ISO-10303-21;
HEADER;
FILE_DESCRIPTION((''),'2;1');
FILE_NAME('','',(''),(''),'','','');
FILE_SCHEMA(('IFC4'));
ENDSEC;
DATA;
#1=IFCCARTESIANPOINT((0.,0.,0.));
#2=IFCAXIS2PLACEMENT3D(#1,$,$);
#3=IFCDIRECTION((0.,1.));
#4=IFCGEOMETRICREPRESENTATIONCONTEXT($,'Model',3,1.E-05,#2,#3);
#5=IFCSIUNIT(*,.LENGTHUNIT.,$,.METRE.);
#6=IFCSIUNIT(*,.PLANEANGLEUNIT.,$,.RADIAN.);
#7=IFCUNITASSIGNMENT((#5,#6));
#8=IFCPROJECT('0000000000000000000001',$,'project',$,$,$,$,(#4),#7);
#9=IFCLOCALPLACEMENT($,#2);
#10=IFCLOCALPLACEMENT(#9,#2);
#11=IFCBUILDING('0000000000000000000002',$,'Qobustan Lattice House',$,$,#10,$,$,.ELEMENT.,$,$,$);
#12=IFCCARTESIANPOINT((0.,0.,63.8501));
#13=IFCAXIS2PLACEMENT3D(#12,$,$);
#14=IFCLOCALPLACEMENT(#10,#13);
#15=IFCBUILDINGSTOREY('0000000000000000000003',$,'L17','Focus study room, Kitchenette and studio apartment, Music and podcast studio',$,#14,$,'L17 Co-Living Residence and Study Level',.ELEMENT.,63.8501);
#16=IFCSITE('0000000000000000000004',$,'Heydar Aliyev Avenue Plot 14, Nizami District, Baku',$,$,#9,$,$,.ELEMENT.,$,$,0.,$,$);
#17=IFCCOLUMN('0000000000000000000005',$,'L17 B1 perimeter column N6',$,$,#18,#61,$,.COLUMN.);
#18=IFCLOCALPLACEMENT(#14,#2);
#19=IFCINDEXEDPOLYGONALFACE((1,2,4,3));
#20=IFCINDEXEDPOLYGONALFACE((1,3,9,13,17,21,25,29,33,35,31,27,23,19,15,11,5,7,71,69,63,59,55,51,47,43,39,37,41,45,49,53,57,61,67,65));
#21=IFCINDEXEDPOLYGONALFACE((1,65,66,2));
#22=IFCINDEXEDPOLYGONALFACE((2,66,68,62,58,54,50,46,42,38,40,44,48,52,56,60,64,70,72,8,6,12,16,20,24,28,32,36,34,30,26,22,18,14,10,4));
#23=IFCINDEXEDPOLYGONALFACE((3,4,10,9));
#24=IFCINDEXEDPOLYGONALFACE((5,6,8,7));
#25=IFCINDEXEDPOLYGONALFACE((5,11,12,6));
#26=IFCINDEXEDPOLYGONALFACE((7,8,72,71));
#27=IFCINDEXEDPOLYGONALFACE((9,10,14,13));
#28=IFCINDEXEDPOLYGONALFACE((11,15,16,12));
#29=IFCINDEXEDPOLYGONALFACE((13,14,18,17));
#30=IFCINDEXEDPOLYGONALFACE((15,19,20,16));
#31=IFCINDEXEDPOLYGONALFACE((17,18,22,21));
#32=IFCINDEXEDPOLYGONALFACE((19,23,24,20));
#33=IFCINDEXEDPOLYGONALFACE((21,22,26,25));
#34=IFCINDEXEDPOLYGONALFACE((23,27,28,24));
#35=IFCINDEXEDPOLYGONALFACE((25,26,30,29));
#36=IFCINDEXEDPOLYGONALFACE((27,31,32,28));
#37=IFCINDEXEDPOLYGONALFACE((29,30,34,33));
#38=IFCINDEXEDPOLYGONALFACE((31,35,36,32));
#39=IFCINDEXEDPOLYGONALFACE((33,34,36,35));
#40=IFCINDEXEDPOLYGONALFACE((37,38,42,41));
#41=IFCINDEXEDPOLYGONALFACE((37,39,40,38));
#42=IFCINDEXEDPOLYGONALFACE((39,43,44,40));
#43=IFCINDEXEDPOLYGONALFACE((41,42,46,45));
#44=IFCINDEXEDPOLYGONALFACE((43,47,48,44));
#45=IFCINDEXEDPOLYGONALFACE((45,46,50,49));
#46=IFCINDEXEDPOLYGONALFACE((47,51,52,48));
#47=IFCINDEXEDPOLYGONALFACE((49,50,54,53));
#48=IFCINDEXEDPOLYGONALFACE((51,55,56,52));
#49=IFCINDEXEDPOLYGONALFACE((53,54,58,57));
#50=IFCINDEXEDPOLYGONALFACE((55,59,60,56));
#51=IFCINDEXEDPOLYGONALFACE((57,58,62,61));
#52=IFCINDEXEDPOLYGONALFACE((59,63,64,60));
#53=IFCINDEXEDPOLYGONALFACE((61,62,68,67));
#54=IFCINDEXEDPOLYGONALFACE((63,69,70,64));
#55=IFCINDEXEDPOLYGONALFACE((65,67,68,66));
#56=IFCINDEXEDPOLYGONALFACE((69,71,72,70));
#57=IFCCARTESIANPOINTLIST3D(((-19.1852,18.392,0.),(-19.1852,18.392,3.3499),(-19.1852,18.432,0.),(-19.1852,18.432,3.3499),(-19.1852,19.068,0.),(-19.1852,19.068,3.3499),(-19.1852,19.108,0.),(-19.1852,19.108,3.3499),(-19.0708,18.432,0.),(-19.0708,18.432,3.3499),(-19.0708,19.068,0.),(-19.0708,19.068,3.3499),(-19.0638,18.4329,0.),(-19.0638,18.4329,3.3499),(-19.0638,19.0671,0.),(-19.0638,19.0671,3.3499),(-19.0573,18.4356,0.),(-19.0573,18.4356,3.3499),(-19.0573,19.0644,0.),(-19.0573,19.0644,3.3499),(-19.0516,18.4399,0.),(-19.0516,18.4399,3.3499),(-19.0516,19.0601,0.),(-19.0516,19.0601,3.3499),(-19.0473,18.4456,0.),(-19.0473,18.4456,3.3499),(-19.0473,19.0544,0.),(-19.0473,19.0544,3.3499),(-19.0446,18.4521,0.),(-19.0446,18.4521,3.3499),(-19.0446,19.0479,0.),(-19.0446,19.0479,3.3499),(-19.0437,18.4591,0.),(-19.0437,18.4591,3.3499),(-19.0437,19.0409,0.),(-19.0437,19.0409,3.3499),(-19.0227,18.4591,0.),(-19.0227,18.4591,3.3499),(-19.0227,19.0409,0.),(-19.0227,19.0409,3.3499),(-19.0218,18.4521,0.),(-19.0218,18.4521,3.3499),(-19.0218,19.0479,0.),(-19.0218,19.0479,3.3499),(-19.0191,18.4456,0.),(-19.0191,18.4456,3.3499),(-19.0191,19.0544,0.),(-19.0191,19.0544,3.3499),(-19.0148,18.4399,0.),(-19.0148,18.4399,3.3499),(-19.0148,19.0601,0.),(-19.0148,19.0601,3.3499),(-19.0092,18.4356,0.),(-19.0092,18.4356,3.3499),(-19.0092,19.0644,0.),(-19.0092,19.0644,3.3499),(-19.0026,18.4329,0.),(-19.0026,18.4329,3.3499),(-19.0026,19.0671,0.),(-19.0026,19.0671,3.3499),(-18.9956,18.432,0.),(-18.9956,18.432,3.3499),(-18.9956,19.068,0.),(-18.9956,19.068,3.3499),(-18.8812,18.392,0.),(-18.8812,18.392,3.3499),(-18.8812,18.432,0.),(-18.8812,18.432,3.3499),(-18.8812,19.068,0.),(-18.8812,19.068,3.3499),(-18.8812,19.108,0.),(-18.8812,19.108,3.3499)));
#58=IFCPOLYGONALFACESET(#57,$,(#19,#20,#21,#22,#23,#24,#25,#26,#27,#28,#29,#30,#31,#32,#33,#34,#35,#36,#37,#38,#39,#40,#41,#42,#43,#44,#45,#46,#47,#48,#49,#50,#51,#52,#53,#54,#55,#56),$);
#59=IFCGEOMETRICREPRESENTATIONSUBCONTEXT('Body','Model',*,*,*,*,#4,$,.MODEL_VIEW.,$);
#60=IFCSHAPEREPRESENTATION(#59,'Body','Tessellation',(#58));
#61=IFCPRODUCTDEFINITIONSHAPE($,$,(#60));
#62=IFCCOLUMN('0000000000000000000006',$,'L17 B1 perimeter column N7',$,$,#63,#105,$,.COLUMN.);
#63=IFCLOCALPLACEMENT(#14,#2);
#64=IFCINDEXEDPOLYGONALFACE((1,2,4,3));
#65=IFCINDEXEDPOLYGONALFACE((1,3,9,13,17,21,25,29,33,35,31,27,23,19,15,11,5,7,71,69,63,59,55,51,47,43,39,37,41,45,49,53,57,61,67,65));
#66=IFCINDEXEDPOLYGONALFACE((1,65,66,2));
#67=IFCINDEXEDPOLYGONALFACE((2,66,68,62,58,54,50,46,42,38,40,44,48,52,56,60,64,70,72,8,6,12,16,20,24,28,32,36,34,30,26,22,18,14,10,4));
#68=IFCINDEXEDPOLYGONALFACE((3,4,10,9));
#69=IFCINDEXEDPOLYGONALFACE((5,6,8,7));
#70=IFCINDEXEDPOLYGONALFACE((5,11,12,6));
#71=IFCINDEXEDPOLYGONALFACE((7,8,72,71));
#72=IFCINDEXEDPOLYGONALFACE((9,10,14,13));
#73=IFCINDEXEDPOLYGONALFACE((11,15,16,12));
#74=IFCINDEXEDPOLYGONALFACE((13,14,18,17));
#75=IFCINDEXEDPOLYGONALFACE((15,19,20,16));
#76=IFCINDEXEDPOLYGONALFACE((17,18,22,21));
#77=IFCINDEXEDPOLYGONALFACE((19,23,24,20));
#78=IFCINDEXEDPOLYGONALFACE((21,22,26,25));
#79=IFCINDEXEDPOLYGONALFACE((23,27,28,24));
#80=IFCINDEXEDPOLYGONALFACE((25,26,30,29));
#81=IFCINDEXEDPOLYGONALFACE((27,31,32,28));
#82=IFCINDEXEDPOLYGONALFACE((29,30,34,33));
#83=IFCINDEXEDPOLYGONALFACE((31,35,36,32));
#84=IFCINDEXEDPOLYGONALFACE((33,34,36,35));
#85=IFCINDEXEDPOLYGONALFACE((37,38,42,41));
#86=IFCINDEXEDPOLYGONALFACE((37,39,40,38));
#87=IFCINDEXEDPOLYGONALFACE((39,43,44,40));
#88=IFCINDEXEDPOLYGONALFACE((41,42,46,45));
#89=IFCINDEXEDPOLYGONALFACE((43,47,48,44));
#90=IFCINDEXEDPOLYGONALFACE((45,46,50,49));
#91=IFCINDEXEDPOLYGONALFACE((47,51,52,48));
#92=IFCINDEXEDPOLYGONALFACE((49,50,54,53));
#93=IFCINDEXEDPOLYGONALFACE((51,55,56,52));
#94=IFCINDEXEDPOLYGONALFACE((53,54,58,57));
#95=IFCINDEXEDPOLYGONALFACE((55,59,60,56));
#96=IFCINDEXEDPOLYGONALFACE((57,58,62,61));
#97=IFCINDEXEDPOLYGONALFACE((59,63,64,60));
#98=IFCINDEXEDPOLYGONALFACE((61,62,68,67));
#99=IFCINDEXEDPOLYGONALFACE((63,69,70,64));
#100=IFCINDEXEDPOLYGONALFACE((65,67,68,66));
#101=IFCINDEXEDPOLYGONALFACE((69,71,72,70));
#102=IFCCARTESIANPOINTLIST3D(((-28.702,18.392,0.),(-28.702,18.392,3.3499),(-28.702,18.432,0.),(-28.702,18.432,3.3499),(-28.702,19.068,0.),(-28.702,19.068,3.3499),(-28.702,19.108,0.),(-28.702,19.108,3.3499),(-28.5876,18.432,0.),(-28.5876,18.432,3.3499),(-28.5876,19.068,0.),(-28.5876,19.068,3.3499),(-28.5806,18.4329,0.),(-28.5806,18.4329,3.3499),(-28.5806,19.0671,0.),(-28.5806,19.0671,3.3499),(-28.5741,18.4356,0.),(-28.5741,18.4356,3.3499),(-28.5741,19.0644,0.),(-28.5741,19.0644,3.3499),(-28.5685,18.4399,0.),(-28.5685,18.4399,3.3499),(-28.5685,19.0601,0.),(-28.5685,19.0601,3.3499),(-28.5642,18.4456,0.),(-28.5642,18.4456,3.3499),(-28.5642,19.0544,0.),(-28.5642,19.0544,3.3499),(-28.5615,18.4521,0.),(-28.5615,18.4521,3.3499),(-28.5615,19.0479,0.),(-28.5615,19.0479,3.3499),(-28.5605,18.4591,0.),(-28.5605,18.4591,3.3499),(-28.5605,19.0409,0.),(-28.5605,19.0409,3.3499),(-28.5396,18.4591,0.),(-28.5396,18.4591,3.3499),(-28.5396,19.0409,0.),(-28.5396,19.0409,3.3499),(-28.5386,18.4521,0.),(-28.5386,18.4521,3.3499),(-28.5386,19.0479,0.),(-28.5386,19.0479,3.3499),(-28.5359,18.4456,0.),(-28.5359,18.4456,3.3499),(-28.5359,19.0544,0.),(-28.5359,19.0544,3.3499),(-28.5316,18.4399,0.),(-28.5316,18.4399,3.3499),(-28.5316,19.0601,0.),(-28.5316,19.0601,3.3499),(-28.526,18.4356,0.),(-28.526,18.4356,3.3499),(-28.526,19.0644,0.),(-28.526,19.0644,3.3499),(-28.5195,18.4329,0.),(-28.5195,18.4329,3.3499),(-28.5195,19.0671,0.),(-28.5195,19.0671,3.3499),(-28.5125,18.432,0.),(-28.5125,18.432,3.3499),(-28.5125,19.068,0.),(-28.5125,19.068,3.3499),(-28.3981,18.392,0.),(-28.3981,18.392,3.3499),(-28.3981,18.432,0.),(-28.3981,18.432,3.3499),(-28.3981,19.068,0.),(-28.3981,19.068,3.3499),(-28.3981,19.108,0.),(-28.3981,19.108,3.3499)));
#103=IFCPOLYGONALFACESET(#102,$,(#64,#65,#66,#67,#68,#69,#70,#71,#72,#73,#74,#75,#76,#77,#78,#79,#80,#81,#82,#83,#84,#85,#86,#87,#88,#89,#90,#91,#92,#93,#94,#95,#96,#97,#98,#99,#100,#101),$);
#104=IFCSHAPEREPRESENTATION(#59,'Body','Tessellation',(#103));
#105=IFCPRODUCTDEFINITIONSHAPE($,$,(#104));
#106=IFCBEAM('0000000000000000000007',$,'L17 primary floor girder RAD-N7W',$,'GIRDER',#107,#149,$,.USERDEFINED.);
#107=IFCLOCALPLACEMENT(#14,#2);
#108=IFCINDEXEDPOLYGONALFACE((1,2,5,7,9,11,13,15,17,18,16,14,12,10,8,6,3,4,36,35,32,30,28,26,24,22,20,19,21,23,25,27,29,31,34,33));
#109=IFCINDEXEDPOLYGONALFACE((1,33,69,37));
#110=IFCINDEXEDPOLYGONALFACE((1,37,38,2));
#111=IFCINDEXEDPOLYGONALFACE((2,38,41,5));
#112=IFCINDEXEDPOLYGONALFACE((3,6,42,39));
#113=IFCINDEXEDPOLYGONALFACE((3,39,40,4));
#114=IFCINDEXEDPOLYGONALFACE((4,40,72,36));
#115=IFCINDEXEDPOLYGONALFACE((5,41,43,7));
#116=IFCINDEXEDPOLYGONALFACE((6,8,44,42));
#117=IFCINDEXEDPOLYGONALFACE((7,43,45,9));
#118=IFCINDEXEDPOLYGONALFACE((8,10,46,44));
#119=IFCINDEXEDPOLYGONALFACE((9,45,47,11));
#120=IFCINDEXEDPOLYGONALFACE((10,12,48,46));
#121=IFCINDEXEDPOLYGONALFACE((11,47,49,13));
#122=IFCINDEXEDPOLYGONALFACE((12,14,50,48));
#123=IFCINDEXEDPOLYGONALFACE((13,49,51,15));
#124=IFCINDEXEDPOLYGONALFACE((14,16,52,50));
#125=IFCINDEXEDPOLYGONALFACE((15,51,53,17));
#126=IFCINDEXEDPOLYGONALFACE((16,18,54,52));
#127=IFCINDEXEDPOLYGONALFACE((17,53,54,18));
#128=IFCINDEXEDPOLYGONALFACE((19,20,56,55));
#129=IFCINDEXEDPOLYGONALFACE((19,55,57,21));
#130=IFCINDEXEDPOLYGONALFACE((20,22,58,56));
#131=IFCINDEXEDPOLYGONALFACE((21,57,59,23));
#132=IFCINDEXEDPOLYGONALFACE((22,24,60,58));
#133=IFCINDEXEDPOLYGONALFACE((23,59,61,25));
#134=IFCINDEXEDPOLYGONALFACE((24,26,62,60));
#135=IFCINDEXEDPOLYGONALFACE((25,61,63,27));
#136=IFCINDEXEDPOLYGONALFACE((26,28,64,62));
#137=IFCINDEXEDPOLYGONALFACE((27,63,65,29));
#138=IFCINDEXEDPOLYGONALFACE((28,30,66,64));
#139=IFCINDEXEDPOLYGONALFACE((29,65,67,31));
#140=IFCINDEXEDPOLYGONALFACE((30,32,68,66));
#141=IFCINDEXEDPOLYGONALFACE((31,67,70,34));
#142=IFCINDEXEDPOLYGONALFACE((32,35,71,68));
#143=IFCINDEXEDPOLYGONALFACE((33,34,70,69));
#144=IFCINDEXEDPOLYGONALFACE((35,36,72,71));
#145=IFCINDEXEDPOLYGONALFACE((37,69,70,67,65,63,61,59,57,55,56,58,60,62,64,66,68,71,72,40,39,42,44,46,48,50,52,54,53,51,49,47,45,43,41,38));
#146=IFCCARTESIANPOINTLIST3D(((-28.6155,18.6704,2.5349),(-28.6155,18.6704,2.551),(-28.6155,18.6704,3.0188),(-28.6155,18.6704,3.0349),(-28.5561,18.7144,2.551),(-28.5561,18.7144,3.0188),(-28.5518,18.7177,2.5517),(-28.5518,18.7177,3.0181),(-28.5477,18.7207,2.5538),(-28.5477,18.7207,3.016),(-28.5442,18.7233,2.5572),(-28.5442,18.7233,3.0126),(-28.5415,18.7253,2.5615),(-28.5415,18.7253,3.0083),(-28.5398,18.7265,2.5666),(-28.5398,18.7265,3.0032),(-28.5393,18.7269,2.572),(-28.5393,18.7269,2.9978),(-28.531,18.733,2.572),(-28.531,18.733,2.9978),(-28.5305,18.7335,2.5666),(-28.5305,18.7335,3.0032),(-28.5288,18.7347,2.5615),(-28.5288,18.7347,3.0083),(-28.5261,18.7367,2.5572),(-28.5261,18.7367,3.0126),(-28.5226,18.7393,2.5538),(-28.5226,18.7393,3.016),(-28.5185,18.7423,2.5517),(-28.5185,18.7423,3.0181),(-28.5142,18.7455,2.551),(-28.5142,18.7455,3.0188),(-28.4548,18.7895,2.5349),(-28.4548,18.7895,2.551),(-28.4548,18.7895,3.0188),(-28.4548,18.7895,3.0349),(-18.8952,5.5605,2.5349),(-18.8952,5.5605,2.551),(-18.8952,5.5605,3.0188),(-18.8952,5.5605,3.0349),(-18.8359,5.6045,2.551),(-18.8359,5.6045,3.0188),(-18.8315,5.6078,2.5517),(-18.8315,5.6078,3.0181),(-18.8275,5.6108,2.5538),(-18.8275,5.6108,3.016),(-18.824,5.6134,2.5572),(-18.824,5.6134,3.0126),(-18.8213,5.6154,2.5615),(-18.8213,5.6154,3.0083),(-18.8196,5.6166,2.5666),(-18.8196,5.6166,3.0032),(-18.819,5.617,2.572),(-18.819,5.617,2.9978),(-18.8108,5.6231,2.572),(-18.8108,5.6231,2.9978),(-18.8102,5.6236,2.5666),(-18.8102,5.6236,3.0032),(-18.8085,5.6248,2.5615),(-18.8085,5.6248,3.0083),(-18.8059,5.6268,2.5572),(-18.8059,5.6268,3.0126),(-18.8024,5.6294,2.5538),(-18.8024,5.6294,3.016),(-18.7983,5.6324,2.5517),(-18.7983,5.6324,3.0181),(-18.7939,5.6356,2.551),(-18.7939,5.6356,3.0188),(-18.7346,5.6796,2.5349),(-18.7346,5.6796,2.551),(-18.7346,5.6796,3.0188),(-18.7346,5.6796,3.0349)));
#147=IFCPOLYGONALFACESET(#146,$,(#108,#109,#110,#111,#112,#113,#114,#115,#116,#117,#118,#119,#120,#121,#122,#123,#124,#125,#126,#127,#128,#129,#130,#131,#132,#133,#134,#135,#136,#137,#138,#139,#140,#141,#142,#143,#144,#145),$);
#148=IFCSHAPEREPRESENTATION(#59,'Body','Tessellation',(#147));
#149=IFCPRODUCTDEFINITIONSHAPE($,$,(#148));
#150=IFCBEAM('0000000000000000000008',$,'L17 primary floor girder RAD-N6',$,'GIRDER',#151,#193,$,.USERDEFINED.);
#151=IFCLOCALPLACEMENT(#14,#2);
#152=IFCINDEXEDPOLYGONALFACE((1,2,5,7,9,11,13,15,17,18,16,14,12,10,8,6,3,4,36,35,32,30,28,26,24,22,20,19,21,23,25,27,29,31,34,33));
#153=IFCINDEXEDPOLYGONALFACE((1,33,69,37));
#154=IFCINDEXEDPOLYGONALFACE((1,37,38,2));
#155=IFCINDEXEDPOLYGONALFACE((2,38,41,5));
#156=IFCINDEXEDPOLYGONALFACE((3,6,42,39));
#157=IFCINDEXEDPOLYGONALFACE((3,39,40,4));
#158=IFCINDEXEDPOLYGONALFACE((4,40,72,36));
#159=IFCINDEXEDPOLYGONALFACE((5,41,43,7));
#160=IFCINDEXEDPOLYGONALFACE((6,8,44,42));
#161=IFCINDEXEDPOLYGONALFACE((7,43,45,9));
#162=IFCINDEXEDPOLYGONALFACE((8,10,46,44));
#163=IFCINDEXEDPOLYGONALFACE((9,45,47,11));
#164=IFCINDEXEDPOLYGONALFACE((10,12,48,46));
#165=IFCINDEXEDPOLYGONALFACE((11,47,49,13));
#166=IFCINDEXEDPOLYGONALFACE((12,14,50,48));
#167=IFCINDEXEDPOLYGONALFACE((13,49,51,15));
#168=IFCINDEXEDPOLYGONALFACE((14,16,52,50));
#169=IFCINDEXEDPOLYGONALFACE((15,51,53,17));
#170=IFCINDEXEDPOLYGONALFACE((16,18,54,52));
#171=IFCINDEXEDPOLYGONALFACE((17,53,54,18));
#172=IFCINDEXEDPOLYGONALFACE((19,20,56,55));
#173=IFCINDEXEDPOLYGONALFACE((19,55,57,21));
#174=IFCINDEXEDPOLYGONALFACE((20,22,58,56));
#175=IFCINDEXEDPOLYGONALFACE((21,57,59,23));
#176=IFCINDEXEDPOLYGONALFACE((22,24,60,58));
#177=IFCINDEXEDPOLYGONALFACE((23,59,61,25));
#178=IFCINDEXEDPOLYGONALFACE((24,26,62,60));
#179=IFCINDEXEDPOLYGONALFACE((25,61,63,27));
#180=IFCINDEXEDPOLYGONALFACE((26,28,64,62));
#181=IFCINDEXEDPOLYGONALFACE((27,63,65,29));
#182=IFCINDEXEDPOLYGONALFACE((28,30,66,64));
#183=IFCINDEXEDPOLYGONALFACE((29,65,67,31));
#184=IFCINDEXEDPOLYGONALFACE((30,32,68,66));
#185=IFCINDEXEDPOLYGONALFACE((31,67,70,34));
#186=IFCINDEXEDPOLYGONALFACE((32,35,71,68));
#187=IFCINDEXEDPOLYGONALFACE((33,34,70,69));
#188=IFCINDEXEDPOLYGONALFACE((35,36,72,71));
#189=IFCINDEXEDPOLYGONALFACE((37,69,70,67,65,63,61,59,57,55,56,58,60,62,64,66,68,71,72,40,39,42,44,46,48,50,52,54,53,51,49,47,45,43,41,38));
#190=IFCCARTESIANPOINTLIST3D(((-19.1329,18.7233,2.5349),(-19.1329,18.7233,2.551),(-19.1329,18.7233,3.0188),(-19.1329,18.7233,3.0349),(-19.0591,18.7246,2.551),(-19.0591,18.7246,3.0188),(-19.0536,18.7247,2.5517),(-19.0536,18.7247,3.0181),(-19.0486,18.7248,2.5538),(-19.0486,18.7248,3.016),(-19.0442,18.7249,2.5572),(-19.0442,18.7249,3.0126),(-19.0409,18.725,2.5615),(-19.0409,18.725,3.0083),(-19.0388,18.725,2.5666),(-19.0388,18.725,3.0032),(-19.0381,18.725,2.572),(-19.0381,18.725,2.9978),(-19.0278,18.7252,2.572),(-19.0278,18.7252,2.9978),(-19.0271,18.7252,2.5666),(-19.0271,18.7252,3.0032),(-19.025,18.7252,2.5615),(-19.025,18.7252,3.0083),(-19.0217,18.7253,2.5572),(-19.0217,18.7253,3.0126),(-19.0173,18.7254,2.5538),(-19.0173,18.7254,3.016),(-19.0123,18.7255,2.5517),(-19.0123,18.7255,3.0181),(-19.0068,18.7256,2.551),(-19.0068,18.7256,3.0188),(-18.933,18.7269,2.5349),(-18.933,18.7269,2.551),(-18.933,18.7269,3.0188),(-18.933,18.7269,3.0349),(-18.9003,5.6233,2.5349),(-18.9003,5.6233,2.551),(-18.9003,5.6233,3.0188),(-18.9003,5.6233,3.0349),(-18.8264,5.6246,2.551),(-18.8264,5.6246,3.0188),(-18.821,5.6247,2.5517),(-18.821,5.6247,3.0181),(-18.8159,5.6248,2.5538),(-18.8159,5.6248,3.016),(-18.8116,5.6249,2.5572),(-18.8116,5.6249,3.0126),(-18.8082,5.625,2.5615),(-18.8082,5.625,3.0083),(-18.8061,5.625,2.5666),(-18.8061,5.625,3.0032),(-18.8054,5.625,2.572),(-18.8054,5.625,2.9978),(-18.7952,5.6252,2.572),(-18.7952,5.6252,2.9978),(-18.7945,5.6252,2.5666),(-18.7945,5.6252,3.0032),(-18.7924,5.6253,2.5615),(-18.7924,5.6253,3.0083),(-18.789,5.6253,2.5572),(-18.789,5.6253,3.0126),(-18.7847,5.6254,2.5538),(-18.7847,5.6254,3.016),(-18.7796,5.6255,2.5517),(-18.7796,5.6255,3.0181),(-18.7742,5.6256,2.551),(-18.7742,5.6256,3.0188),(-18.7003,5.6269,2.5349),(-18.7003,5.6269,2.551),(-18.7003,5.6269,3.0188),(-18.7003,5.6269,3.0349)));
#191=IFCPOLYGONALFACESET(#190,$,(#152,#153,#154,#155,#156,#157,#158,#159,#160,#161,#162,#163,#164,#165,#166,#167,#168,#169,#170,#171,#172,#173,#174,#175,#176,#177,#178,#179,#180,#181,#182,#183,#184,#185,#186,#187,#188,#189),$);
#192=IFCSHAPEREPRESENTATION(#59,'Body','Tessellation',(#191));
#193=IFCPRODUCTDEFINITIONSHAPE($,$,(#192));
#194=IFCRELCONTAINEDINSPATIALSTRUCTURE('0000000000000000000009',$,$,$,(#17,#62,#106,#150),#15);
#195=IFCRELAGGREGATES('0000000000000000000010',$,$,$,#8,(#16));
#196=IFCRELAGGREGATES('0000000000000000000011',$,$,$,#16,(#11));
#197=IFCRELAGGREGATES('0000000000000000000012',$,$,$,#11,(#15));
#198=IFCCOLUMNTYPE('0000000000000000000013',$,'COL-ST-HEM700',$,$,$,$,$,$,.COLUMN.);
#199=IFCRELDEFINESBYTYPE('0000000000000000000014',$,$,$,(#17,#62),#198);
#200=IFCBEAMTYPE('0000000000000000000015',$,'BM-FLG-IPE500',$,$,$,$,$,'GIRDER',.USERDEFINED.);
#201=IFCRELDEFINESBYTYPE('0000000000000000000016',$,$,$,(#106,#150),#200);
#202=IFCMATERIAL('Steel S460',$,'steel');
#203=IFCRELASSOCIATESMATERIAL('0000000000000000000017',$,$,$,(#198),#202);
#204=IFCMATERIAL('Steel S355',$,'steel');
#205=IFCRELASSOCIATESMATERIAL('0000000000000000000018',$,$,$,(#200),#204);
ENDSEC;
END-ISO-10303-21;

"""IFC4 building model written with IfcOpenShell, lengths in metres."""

from ifc_helpers import new_model, si_unit, direction, frame, origin, origin_2d, place, context, subcontext, project, spatial, i_section, extrude, material, material_profile, profile_set, type_object, element, save


model = new_model("IFC4")

# Units and contexts
model_context = context("Model", 3, precision=1e-05, world=origin(), true_north=direction((0.0, 1.0)))
body_context = subcontext(model_context, "Body", "Model", "MODEL_VIEW")
ifc_project = project(units=[si_unit("LENGTHUNIT", "METRE"), si_unit("PLANEANGLEUNIT", "RADIAN")], contexts=[model_context])

# Site, building, storey
site_placement = place(None, origin())
site = spatial("IfcSite", under=ifc_project, at=site_placement, Name="Heydar Aliyev Avenue Plot 14, Nizami District, Baku", CompositionType="ELEMENT", RefElevation=0.0)
building_placement = place(site_placement, origin())
building = spatial("IfcBuilding", under=site, at=building_placement, Name="Qobustan Lattice House", CompositionType="ELEMENT")
storey_placement = place(building_placement, frame((0.0, 0.0, 63.8501)))
storey = spatial("IfcBuildingStorey", under=building, at=storey_placement, Name="L17", Description="Focus study room, Kitchenette and studio apartment, Music and podcast studio", LongName="L17 Co-Living Residence and Study Level", CompositionType="ELEMENT", Elevation=63.8501)

# Columns
ifc_material_1 = material(Name="Steel S460", Category="steel")
ifc_material_profile_1 = material_profile(ifc_material_1, i_section(OverallWidth=0.304, OverallDepth=0.7161, WebThickness=0.021, FlangeThickness=0.04, FilletRadius=0.0271, at=origin_2d()), Name="HEM700")
ifc_profile_set_1 = profile_set([ifc_material_profile_1], Name="Steel S460")
column_type = type_object("IfcColumnType", Name="COL-ST-HEM700", PredefinedType="COLUMN", material=ifc_profile_set_1)
for number, where, z_axis, x_axis, name in (
    (1, (-19.0332, 18.75, 0.0), (0.0, 0.0, 1.0), (1.0, 0.0, 0.0), "L17 B1 perimeter column N6"),
    (2, (-28.55, 18.75, 0.0), (0.0, 0.0, 1.0), (1.0, 0.0, 0.0), "L17 B1 perimeter column N7"),
):
    element("IfcColumn", number, at=place(storey_placement, frame(where, z_axis=z_axis, x_axis=x_axis)), inside=storey, type_object=column_type, Name=name, PredefinedType="COLUMN", context=body_context, shape_type="SweptSolid", body=[
        extrude(i_section(OverallWidth=0.304, OverallDepth=0.7161, WebThickness=0.021, FlangeThickness=0.04, FilletRadius=0.0271, at=origin_2d()), origin(), (0.0, 0.0, 1.0), 3.3499),
    ])

# Beams
ifc_material_2 = material(Name="Steel S355", Category="steel")
ifc_material_profile_2 = material_profile(ifc_material_2, i_section(OverallWidth=0.2, OverallDepth=0.5, WebThickness=0.0103, FlangeThickness=0.0161, FilletRadius=0.021, at=origin_2d()), Name="IPE500")
ifc_profile_set_2 = profile_set([ifc_material_profile_2], Name="Steel S355")
beam_type_1 = type_object("IfcBeamType", Name="BM-FLG-IPE500", ElementType="GIRDER", PredefinedType="USERDEFINED", material=ifc_profile_set_2)
beam_1_placement = place(storey_placement, frame((-28.5352, 18.73, 2.7849), z_axis=(0.595592, -0.803287, 0.0), x_axis=(0.803287, 0.595592, 0.0)))
element("IfcBeam", 3, at=beam_1_placement, inside=storey, type_object=beam_type_1, Name="L17 primary floor girder RAD-N7W", ObjectType="GIRDER", PredefinedType="USERDEFINED", context=body_context, shape_type="SweptSolid", body=[
    extrude(i_section(OverallWidth=0.2, OverallDepth=0.5, WebThickness=0.0103, FlangeThickness=0.0161, FilletRadius=0.021, at=origin_2d()), origin(), (0.0, 0.0, 1.0), 16.3203),
])
beam_2_placement = place(storey_placement, frame((-19.033, 18.7251, 2.7849), z_axis=(0.017758, -0.999842, 0.0), x_axis=(0.999842, 0.017758, 0.0)))
element("IfcBeam", 4, at=beam_2_placement, inside=storey, type_object=beam_type_1, Name="L17 primary floor girder RAD-N6", ObjectType="GIRDER", PredefinedType="USERDEFINED", context=body_context, shape_type="SweptSolid", body=[
    extrude(i_section(OverallWidth=0.2, OverallDepth=0.5, WebThickness=0.0103, FlangeThickness=0.0161, FilletRadius=0.021, at=origin_2d()), origin(), (0.0, 0.0, 1.0), 13.1021),
])

save(model, "model.ifc")
